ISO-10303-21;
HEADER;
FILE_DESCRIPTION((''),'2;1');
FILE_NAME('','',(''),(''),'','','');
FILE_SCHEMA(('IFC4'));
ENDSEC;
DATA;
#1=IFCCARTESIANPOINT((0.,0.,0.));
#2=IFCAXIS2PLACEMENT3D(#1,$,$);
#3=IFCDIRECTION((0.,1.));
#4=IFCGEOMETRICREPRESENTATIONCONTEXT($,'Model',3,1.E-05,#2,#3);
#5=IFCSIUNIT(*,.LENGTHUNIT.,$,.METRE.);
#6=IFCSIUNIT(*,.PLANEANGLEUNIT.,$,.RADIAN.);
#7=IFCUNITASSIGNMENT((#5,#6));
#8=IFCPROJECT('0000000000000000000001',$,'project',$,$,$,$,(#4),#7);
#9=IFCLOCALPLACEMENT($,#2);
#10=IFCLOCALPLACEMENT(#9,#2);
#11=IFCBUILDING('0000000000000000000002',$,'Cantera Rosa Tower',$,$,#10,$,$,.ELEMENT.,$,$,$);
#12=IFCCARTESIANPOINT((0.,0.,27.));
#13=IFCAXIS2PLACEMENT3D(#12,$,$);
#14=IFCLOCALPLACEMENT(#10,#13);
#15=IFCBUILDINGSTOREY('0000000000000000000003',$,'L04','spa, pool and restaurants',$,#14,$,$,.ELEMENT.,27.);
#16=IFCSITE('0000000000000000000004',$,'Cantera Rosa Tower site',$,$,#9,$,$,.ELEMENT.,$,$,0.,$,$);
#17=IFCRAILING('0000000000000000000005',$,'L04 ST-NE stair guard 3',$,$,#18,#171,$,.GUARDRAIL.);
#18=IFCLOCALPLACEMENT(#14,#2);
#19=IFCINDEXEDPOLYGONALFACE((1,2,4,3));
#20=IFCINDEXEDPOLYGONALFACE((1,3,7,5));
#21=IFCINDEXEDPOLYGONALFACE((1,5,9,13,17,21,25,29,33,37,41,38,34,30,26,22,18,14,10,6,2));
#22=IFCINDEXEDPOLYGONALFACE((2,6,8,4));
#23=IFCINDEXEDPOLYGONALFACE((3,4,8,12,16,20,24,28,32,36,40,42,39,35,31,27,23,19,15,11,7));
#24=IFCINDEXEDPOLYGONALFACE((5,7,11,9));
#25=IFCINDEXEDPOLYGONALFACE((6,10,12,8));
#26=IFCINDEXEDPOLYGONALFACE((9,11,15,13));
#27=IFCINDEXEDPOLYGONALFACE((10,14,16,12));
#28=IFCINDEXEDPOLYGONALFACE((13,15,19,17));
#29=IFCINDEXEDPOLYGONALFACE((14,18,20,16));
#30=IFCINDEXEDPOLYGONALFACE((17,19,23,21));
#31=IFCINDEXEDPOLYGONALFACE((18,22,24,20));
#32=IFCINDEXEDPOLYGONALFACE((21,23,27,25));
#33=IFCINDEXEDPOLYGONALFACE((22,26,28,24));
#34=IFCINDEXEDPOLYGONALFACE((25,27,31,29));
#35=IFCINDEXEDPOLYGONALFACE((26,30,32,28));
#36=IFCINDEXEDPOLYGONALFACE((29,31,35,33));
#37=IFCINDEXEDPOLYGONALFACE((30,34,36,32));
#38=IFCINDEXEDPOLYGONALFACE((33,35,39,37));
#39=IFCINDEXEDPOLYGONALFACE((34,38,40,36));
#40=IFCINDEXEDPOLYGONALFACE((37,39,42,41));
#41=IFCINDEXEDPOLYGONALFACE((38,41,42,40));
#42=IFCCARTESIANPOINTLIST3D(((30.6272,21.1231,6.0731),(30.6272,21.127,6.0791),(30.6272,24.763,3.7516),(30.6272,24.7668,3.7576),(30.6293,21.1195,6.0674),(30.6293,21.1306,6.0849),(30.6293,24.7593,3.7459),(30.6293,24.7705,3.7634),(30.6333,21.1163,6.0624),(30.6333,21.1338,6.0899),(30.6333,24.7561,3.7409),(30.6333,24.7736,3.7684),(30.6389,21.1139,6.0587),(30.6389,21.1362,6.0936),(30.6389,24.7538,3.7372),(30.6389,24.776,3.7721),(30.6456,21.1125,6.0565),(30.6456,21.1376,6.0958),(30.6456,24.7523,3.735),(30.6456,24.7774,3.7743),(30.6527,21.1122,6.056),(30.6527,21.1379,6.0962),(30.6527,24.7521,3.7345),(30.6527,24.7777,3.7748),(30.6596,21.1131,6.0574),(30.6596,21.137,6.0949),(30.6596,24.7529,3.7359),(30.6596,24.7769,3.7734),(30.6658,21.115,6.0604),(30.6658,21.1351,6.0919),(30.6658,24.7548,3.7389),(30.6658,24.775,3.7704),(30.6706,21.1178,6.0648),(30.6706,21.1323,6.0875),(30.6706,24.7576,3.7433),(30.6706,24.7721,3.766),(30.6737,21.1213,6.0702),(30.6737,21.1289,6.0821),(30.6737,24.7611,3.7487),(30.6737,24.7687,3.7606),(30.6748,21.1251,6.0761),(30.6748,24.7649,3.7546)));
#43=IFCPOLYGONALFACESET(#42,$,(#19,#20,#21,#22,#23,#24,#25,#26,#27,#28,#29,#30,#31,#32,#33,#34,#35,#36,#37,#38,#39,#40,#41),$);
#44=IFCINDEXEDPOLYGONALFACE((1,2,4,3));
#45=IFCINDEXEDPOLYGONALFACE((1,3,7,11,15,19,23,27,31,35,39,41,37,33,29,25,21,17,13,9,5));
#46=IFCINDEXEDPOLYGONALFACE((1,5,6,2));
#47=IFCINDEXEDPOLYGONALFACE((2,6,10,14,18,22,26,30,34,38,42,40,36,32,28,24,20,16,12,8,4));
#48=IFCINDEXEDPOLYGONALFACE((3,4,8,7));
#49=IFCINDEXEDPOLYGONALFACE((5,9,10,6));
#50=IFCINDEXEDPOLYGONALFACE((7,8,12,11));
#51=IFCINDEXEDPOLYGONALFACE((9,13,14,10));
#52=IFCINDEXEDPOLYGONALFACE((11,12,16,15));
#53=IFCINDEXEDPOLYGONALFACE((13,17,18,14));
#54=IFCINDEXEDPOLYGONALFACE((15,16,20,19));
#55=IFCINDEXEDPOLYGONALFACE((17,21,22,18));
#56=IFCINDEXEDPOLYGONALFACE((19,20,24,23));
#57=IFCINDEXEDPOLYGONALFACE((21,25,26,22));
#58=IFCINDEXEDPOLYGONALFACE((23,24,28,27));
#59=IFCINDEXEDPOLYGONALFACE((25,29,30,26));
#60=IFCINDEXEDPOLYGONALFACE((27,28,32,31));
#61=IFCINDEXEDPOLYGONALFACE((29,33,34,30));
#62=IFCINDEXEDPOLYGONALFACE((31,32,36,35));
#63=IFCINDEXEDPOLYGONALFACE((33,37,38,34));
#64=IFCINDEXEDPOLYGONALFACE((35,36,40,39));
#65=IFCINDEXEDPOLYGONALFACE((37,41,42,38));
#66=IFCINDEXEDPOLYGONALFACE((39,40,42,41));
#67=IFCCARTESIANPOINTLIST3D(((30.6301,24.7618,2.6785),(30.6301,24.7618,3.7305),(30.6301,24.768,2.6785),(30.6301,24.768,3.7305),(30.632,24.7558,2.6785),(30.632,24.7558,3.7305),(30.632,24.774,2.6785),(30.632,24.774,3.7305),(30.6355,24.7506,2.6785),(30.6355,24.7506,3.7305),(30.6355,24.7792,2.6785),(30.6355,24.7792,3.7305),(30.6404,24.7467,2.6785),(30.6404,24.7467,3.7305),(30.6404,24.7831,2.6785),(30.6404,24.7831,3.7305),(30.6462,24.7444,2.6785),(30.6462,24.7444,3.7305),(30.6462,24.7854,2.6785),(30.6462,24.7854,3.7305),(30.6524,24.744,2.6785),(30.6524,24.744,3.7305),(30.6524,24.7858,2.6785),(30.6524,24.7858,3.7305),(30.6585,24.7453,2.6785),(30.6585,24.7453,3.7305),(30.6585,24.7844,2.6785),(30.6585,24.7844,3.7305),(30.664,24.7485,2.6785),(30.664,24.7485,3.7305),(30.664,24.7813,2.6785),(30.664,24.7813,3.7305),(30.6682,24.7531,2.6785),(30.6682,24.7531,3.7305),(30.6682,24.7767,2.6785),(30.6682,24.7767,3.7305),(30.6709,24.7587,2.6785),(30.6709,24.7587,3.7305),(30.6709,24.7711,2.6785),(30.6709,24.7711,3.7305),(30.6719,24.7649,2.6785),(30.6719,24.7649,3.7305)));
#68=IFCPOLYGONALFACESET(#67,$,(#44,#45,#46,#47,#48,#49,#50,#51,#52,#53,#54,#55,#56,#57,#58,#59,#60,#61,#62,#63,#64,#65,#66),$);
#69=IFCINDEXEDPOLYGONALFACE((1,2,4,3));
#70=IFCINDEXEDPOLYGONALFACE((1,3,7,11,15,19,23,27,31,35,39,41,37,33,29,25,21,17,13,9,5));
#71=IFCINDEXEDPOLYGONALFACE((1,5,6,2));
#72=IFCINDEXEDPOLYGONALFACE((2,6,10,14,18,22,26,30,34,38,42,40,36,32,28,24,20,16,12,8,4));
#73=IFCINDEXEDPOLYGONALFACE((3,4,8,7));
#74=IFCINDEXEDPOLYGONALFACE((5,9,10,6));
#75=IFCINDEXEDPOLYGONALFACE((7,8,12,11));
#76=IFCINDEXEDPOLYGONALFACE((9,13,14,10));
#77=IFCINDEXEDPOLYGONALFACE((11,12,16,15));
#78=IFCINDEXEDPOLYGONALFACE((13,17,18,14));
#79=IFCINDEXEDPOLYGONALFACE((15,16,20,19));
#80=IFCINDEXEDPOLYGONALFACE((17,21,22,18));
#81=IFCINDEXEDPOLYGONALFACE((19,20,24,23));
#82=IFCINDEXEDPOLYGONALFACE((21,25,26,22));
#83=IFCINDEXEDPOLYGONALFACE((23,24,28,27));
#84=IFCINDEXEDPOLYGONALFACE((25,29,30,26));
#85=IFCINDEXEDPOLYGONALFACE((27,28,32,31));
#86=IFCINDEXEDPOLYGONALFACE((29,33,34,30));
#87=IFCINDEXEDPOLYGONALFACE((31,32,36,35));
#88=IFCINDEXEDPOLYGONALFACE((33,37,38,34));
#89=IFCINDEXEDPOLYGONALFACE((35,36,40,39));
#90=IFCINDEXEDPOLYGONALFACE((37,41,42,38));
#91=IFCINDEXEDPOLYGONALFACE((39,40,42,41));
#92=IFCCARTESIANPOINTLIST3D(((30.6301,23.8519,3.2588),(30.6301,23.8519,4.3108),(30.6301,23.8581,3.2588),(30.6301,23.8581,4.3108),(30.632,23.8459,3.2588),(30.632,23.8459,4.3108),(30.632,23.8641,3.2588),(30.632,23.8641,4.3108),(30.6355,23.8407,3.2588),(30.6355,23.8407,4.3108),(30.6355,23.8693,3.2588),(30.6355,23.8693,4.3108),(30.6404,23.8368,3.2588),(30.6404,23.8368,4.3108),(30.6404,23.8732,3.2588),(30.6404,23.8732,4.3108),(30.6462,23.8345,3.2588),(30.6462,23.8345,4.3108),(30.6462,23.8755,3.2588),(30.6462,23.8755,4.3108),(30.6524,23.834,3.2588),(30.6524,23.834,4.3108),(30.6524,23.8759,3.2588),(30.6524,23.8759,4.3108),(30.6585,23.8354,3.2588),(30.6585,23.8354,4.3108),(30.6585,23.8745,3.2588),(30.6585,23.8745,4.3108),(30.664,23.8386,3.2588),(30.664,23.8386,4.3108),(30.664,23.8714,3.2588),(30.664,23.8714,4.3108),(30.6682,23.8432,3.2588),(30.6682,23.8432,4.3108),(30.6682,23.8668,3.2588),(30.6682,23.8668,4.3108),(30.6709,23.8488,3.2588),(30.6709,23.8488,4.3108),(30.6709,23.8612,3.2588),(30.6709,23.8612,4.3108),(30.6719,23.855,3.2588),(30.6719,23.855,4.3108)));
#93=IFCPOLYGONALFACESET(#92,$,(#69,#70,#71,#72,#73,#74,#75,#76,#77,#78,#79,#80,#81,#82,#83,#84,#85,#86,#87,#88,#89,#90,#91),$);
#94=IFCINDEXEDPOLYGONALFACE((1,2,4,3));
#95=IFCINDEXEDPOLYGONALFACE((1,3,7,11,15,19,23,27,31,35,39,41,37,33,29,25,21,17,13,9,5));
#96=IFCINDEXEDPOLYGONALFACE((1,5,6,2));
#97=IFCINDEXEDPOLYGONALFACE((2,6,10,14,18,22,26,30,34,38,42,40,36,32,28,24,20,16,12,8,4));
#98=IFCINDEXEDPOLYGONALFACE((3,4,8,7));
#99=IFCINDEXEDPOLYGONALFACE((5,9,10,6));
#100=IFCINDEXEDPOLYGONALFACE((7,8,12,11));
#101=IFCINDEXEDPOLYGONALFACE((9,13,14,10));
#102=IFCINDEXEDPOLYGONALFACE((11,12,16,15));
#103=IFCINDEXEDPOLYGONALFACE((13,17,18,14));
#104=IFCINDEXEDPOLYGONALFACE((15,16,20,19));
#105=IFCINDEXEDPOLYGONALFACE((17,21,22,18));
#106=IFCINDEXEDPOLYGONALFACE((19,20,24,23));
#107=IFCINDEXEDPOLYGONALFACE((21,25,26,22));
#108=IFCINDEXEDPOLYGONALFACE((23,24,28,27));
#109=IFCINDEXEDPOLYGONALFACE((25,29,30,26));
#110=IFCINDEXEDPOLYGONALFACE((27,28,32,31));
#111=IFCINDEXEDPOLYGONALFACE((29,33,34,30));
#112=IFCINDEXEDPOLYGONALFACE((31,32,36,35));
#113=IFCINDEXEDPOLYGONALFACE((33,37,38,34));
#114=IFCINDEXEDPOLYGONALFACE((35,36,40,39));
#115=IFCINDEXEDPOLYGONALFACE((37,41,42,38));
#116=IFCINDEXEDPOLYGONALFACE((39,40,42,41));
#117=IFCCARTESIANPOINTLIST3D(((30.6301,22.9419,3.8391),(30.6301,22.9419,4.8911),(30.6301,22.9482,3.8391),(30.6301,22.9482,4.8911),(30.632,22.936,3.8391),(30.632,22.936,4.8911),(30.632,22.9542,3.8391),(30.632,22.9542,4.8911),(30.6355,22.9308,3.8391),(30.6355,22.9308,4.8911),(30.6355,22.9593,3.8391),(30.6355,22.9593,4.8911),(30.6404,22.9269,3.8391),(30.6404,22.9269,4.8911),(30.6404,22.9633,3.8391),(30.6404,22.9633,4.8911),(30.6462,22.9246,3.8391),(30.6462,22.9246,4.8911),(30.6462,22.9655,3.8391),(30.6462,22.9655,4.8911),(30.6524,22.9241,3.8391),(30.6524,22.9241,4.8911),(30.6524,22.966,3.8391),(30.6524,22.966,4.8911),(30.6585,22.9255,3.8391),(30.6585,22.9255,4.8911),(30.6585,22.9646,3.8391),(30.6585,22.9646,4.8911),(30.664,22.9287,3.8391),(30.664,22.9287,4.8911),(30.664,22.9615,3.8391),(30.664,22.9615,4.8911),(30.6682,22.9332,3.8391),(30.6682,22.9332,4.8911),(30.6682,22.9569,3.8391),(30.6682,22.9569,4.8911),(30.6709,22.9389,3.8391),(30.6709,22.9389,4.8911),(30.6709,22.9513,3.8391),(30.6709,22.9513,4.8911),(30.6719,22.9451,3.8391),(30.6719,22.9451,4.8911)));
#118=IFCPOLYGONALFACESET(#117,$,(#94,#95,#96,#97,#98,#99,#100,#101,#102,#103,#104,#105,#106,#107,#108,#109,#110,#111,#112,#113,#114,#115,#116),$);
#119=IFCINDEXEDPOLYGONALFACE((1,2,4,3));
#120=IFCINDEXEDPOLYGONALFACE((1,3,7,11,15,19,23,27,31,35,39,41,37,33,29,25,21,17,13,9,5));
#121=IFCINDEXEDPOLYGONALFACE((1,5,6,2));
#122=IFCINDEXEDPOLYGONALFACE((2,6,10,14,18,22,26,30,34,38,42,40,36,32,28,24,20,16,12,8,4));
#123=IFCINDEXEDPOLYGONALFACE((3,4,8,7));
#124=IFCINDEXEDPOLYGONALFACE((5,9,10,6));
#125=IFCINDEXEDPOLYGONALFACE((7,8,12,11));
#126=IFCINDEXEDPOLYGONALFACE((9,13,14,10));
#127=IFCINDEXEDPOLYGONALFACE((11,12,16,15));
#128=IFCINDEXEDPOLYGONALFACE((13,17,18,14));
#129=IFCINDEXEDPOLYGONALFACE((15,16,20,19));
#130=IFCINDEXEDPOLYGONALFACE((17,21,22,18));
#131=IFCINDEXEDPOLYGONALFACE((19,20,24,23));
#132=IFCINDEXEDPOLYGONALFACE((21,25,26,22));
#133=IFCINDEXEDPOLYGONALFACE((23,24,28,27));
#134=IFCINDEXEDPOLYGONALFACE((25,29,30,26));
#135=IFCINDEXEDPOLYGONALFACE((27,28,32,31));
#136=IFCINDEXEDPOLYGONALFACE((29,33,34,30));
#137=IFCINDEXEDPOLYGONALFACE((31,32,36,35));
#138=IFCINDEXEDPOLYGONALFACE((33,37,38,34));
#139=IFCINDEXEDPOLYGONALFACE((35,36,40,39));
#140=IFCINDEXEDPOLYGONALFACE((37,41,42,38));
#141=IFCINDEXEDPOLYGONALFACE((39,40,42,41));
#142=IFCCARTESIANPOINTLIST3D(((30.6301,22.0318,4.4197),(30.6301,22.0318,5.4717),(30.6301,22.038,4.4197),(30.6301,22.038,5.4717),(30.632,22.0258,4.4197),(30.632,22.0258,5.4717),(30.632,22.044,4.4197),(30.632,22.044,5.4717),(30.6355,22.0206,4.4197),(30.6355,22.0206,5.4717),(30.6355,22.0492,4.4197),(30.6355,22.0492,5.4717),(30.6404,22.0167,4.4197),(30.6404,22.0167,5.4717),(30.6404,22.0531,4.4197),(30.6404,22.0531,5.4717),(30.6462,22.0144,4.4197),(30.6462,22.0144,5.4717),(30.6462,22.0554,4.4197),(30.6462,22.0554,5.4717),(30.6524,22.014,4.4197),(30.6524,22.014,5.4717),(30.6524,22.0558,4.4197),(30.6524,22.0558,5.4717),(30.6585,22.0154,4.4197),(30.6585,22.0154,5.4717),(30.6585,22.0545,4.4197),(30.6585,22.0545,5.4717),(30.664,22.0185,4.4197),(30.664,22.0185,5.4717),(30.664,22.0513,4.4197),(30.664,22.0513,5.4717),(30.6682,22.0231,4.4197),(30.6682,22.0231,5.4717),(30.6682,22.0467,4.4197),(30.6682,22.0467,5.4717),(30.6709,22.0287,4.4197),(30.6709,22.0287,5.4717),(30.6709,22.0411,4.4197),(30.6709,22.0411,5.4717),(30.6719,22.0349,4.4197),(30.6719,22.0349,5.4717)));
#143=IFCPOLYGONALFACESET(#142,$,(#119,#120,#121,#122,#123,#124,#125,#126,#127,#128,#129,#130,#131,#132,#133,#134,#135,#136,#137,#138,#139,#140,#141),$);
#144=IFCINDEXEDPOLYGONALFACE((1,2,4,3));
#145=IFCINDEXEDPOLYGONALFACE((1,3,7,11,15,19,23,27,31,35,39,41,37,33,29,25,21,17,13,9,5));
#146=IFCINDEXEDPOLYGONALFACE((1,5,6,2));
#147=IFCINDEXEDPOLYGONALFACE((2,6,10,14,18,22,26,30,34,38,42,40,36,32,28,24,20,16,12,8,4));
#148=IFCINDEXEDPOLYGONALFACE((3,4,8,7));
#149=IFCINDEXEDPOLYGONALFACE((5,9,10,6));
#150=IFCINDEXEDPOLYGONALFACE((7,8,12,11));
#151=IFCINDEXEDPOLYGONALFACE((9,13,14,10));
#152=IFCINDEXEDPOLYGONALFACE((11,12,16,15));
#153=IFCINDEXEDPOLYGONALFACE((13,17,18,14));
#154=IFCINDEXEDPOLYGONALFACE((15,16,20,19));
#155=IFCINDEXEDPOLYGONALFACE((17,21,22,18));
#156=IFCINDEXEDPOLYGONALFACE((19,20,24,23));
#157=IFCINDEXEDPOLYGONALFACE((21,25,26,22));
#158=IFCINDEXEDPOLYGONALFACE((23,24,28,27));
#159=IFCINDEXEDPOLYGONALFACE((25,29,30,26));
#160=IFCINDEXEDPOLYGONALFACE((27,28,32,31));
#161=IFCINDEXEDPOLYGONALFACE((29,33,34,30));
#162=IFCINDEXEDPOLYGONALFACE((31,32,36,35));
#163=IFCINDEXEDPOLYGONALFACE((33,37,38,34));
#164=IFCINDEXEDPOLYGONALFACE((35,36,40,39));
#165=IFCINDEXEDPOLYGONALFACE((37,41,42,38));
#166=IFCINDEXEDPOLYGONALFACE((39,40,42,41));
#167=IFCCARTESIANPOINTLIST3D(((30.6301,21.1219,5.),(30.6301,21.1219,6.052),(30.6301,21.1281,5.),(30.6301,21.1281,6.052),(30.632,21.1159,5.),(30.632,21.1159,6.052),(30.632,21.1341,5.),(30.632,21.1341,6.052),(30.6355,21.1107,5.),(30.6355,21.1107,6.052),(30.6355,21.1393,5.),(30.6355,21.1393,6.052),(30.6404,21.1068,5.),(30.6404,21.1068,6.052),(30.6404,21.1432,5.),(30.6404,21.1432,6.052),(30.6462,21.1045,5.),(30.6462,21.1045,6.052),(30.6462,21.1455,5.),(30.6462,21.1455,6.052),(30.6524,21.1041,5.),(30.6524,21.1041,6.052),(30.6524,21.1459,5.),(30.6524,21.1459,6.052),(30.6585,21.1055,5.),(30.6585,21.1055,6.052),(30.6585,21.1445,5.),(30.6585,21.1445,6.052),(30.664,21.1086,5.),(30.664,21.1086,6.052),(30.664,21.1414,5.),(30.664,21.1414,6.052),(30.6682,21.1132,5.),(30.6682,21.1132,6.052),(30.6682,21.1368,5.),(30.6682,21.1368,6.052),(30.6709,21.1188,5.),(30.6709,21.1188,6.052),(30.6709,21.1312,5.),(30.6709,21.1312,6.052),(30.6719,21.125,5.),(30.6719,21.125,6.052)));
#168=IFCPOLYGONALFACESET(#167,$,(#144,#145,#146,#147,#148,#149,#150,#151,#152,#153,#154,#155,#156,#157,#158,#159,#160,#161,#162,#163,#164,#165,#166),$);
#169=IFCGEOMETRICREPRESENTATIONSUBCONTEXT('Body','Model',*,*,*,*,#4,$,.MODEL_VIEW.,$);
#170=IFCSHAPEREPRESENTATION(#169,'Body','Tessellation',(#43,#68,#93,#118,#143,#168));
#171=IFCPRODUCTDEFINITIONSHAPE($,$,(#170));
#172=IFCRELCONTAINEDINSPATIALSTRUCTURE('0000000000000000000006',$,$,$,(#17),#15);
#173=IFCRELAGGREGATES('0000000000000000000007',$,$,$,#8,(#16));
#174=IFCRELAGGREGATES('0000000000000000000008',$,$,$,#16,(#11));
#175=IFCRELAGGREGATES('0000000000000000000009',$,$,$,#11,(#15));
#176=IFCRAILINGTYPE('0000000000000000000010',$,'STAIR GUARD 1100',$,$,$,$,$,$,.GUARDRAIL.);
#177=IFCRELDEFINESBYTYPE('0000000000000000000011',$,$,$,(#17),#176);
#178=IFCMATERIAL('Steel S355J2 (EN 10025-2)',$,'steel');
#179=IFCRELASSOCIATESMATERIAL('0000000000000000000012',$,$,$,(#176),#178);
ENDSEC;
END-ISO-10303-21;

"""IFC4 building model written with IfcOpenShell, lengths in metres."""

from ifc_helpers import new_model, si_unit, direction, frame, origin, origin_2d, place, context, subcontext, project, spatial, circle, extrude, material, type_object, element, save


model = new_model("IFC4")

# Units and contexts
model_context = context("Model", 3, precision=1e-05, world=origin(), true_north=direction((0.0, 1.0)))
body_context = subcontext(model_context, "Body", "Model", "MODEL_VIEW")
ifc_project = project(units=[si_unit("LENGTHUNIT", "METRE"), si_unit("PLANEANGLEUNIT", "RADIAN")], contexts=[model_context])

# Site, building, storey
site_placement = place(None, origin())
site = spatial("IfcSite", under=ifc_project, at=site_placement, Name="Cantera Rosa Tower site", CompositionType="ELEMENT", RefElevation=0.0)
building_placement = place(site_placement, origin())
building = spatial("IfcBuilding", under=site, at=building_placement, Name="Cantera Rosa Tower", CompositionType="ELEMENT")
storey_placement = place(building_placement, frame((0.0, 0.0, 27.0)))
storey = spatial("IfcBuildingStorey", under=building, at=storey_placement, Name="L04", Description="spa, pool and restaurants", CompositionType="ELEMENT", Elevation=27.0)

# Railing
ifc_material_1 = material(Name="Steel S355J2 (EN 10025-2)", Category="steel")
railing_type_1 = type_object("IfcRailingType", Name="STAIR GUARD 1100", PredefinedType="GUARDRAIL", material=ifc_material_1)
railing_1_placement = place(storey_placement, frame((30.6509, 24.7649, 2.6785)))
element("IfcRailing", 1, at=railing_1_placement, inside=storey, type_object=railing_type_1, Name="L04 ST-NE stair guard 3", PredefinedType="GUARDRAIL", context=body_context, shape_type="SweptSolid", body=[
    extrude(circle(Radius=0.0239, at=origin_2d()), frame((0.0, 0.0, 1.0762), z_axis=(0.0, -0.843112, 0.537739), x_axis=(1.0, 0.0, 0.0)), (0.0, 0.0, 1.0), 4.3171),
    extrude(circle(Radius=0.021, at=origin_2d()), origin(), (0.0, 0.0, 1.0), 1.052),
    extrude(circle(Radius=0.021, at=origin_2d()), frame((0.0, -0.9099, 0.5803)), (0.0, 0.0, 1.0), 1.052),
    extrude(circle(Radius=0.021, at=origin_2d()), frame((0.0, -1.8198, 1.1606)), (0.0, 0.0, 1.0), 1.052),
    extrude(circle(Radius=0.021, at=origin_2d()), frame((0.0, -2.73, 1.7412)), (0.0, 0.0, 1.0), 1.052),
    extrude(circle(Radius=0.021, at=origin_2d()), frame((0.0, -3.6399, 2.3215)), (0.0, 0.0, 1.0), 1.052),
])

save(model, "model.ifc")
